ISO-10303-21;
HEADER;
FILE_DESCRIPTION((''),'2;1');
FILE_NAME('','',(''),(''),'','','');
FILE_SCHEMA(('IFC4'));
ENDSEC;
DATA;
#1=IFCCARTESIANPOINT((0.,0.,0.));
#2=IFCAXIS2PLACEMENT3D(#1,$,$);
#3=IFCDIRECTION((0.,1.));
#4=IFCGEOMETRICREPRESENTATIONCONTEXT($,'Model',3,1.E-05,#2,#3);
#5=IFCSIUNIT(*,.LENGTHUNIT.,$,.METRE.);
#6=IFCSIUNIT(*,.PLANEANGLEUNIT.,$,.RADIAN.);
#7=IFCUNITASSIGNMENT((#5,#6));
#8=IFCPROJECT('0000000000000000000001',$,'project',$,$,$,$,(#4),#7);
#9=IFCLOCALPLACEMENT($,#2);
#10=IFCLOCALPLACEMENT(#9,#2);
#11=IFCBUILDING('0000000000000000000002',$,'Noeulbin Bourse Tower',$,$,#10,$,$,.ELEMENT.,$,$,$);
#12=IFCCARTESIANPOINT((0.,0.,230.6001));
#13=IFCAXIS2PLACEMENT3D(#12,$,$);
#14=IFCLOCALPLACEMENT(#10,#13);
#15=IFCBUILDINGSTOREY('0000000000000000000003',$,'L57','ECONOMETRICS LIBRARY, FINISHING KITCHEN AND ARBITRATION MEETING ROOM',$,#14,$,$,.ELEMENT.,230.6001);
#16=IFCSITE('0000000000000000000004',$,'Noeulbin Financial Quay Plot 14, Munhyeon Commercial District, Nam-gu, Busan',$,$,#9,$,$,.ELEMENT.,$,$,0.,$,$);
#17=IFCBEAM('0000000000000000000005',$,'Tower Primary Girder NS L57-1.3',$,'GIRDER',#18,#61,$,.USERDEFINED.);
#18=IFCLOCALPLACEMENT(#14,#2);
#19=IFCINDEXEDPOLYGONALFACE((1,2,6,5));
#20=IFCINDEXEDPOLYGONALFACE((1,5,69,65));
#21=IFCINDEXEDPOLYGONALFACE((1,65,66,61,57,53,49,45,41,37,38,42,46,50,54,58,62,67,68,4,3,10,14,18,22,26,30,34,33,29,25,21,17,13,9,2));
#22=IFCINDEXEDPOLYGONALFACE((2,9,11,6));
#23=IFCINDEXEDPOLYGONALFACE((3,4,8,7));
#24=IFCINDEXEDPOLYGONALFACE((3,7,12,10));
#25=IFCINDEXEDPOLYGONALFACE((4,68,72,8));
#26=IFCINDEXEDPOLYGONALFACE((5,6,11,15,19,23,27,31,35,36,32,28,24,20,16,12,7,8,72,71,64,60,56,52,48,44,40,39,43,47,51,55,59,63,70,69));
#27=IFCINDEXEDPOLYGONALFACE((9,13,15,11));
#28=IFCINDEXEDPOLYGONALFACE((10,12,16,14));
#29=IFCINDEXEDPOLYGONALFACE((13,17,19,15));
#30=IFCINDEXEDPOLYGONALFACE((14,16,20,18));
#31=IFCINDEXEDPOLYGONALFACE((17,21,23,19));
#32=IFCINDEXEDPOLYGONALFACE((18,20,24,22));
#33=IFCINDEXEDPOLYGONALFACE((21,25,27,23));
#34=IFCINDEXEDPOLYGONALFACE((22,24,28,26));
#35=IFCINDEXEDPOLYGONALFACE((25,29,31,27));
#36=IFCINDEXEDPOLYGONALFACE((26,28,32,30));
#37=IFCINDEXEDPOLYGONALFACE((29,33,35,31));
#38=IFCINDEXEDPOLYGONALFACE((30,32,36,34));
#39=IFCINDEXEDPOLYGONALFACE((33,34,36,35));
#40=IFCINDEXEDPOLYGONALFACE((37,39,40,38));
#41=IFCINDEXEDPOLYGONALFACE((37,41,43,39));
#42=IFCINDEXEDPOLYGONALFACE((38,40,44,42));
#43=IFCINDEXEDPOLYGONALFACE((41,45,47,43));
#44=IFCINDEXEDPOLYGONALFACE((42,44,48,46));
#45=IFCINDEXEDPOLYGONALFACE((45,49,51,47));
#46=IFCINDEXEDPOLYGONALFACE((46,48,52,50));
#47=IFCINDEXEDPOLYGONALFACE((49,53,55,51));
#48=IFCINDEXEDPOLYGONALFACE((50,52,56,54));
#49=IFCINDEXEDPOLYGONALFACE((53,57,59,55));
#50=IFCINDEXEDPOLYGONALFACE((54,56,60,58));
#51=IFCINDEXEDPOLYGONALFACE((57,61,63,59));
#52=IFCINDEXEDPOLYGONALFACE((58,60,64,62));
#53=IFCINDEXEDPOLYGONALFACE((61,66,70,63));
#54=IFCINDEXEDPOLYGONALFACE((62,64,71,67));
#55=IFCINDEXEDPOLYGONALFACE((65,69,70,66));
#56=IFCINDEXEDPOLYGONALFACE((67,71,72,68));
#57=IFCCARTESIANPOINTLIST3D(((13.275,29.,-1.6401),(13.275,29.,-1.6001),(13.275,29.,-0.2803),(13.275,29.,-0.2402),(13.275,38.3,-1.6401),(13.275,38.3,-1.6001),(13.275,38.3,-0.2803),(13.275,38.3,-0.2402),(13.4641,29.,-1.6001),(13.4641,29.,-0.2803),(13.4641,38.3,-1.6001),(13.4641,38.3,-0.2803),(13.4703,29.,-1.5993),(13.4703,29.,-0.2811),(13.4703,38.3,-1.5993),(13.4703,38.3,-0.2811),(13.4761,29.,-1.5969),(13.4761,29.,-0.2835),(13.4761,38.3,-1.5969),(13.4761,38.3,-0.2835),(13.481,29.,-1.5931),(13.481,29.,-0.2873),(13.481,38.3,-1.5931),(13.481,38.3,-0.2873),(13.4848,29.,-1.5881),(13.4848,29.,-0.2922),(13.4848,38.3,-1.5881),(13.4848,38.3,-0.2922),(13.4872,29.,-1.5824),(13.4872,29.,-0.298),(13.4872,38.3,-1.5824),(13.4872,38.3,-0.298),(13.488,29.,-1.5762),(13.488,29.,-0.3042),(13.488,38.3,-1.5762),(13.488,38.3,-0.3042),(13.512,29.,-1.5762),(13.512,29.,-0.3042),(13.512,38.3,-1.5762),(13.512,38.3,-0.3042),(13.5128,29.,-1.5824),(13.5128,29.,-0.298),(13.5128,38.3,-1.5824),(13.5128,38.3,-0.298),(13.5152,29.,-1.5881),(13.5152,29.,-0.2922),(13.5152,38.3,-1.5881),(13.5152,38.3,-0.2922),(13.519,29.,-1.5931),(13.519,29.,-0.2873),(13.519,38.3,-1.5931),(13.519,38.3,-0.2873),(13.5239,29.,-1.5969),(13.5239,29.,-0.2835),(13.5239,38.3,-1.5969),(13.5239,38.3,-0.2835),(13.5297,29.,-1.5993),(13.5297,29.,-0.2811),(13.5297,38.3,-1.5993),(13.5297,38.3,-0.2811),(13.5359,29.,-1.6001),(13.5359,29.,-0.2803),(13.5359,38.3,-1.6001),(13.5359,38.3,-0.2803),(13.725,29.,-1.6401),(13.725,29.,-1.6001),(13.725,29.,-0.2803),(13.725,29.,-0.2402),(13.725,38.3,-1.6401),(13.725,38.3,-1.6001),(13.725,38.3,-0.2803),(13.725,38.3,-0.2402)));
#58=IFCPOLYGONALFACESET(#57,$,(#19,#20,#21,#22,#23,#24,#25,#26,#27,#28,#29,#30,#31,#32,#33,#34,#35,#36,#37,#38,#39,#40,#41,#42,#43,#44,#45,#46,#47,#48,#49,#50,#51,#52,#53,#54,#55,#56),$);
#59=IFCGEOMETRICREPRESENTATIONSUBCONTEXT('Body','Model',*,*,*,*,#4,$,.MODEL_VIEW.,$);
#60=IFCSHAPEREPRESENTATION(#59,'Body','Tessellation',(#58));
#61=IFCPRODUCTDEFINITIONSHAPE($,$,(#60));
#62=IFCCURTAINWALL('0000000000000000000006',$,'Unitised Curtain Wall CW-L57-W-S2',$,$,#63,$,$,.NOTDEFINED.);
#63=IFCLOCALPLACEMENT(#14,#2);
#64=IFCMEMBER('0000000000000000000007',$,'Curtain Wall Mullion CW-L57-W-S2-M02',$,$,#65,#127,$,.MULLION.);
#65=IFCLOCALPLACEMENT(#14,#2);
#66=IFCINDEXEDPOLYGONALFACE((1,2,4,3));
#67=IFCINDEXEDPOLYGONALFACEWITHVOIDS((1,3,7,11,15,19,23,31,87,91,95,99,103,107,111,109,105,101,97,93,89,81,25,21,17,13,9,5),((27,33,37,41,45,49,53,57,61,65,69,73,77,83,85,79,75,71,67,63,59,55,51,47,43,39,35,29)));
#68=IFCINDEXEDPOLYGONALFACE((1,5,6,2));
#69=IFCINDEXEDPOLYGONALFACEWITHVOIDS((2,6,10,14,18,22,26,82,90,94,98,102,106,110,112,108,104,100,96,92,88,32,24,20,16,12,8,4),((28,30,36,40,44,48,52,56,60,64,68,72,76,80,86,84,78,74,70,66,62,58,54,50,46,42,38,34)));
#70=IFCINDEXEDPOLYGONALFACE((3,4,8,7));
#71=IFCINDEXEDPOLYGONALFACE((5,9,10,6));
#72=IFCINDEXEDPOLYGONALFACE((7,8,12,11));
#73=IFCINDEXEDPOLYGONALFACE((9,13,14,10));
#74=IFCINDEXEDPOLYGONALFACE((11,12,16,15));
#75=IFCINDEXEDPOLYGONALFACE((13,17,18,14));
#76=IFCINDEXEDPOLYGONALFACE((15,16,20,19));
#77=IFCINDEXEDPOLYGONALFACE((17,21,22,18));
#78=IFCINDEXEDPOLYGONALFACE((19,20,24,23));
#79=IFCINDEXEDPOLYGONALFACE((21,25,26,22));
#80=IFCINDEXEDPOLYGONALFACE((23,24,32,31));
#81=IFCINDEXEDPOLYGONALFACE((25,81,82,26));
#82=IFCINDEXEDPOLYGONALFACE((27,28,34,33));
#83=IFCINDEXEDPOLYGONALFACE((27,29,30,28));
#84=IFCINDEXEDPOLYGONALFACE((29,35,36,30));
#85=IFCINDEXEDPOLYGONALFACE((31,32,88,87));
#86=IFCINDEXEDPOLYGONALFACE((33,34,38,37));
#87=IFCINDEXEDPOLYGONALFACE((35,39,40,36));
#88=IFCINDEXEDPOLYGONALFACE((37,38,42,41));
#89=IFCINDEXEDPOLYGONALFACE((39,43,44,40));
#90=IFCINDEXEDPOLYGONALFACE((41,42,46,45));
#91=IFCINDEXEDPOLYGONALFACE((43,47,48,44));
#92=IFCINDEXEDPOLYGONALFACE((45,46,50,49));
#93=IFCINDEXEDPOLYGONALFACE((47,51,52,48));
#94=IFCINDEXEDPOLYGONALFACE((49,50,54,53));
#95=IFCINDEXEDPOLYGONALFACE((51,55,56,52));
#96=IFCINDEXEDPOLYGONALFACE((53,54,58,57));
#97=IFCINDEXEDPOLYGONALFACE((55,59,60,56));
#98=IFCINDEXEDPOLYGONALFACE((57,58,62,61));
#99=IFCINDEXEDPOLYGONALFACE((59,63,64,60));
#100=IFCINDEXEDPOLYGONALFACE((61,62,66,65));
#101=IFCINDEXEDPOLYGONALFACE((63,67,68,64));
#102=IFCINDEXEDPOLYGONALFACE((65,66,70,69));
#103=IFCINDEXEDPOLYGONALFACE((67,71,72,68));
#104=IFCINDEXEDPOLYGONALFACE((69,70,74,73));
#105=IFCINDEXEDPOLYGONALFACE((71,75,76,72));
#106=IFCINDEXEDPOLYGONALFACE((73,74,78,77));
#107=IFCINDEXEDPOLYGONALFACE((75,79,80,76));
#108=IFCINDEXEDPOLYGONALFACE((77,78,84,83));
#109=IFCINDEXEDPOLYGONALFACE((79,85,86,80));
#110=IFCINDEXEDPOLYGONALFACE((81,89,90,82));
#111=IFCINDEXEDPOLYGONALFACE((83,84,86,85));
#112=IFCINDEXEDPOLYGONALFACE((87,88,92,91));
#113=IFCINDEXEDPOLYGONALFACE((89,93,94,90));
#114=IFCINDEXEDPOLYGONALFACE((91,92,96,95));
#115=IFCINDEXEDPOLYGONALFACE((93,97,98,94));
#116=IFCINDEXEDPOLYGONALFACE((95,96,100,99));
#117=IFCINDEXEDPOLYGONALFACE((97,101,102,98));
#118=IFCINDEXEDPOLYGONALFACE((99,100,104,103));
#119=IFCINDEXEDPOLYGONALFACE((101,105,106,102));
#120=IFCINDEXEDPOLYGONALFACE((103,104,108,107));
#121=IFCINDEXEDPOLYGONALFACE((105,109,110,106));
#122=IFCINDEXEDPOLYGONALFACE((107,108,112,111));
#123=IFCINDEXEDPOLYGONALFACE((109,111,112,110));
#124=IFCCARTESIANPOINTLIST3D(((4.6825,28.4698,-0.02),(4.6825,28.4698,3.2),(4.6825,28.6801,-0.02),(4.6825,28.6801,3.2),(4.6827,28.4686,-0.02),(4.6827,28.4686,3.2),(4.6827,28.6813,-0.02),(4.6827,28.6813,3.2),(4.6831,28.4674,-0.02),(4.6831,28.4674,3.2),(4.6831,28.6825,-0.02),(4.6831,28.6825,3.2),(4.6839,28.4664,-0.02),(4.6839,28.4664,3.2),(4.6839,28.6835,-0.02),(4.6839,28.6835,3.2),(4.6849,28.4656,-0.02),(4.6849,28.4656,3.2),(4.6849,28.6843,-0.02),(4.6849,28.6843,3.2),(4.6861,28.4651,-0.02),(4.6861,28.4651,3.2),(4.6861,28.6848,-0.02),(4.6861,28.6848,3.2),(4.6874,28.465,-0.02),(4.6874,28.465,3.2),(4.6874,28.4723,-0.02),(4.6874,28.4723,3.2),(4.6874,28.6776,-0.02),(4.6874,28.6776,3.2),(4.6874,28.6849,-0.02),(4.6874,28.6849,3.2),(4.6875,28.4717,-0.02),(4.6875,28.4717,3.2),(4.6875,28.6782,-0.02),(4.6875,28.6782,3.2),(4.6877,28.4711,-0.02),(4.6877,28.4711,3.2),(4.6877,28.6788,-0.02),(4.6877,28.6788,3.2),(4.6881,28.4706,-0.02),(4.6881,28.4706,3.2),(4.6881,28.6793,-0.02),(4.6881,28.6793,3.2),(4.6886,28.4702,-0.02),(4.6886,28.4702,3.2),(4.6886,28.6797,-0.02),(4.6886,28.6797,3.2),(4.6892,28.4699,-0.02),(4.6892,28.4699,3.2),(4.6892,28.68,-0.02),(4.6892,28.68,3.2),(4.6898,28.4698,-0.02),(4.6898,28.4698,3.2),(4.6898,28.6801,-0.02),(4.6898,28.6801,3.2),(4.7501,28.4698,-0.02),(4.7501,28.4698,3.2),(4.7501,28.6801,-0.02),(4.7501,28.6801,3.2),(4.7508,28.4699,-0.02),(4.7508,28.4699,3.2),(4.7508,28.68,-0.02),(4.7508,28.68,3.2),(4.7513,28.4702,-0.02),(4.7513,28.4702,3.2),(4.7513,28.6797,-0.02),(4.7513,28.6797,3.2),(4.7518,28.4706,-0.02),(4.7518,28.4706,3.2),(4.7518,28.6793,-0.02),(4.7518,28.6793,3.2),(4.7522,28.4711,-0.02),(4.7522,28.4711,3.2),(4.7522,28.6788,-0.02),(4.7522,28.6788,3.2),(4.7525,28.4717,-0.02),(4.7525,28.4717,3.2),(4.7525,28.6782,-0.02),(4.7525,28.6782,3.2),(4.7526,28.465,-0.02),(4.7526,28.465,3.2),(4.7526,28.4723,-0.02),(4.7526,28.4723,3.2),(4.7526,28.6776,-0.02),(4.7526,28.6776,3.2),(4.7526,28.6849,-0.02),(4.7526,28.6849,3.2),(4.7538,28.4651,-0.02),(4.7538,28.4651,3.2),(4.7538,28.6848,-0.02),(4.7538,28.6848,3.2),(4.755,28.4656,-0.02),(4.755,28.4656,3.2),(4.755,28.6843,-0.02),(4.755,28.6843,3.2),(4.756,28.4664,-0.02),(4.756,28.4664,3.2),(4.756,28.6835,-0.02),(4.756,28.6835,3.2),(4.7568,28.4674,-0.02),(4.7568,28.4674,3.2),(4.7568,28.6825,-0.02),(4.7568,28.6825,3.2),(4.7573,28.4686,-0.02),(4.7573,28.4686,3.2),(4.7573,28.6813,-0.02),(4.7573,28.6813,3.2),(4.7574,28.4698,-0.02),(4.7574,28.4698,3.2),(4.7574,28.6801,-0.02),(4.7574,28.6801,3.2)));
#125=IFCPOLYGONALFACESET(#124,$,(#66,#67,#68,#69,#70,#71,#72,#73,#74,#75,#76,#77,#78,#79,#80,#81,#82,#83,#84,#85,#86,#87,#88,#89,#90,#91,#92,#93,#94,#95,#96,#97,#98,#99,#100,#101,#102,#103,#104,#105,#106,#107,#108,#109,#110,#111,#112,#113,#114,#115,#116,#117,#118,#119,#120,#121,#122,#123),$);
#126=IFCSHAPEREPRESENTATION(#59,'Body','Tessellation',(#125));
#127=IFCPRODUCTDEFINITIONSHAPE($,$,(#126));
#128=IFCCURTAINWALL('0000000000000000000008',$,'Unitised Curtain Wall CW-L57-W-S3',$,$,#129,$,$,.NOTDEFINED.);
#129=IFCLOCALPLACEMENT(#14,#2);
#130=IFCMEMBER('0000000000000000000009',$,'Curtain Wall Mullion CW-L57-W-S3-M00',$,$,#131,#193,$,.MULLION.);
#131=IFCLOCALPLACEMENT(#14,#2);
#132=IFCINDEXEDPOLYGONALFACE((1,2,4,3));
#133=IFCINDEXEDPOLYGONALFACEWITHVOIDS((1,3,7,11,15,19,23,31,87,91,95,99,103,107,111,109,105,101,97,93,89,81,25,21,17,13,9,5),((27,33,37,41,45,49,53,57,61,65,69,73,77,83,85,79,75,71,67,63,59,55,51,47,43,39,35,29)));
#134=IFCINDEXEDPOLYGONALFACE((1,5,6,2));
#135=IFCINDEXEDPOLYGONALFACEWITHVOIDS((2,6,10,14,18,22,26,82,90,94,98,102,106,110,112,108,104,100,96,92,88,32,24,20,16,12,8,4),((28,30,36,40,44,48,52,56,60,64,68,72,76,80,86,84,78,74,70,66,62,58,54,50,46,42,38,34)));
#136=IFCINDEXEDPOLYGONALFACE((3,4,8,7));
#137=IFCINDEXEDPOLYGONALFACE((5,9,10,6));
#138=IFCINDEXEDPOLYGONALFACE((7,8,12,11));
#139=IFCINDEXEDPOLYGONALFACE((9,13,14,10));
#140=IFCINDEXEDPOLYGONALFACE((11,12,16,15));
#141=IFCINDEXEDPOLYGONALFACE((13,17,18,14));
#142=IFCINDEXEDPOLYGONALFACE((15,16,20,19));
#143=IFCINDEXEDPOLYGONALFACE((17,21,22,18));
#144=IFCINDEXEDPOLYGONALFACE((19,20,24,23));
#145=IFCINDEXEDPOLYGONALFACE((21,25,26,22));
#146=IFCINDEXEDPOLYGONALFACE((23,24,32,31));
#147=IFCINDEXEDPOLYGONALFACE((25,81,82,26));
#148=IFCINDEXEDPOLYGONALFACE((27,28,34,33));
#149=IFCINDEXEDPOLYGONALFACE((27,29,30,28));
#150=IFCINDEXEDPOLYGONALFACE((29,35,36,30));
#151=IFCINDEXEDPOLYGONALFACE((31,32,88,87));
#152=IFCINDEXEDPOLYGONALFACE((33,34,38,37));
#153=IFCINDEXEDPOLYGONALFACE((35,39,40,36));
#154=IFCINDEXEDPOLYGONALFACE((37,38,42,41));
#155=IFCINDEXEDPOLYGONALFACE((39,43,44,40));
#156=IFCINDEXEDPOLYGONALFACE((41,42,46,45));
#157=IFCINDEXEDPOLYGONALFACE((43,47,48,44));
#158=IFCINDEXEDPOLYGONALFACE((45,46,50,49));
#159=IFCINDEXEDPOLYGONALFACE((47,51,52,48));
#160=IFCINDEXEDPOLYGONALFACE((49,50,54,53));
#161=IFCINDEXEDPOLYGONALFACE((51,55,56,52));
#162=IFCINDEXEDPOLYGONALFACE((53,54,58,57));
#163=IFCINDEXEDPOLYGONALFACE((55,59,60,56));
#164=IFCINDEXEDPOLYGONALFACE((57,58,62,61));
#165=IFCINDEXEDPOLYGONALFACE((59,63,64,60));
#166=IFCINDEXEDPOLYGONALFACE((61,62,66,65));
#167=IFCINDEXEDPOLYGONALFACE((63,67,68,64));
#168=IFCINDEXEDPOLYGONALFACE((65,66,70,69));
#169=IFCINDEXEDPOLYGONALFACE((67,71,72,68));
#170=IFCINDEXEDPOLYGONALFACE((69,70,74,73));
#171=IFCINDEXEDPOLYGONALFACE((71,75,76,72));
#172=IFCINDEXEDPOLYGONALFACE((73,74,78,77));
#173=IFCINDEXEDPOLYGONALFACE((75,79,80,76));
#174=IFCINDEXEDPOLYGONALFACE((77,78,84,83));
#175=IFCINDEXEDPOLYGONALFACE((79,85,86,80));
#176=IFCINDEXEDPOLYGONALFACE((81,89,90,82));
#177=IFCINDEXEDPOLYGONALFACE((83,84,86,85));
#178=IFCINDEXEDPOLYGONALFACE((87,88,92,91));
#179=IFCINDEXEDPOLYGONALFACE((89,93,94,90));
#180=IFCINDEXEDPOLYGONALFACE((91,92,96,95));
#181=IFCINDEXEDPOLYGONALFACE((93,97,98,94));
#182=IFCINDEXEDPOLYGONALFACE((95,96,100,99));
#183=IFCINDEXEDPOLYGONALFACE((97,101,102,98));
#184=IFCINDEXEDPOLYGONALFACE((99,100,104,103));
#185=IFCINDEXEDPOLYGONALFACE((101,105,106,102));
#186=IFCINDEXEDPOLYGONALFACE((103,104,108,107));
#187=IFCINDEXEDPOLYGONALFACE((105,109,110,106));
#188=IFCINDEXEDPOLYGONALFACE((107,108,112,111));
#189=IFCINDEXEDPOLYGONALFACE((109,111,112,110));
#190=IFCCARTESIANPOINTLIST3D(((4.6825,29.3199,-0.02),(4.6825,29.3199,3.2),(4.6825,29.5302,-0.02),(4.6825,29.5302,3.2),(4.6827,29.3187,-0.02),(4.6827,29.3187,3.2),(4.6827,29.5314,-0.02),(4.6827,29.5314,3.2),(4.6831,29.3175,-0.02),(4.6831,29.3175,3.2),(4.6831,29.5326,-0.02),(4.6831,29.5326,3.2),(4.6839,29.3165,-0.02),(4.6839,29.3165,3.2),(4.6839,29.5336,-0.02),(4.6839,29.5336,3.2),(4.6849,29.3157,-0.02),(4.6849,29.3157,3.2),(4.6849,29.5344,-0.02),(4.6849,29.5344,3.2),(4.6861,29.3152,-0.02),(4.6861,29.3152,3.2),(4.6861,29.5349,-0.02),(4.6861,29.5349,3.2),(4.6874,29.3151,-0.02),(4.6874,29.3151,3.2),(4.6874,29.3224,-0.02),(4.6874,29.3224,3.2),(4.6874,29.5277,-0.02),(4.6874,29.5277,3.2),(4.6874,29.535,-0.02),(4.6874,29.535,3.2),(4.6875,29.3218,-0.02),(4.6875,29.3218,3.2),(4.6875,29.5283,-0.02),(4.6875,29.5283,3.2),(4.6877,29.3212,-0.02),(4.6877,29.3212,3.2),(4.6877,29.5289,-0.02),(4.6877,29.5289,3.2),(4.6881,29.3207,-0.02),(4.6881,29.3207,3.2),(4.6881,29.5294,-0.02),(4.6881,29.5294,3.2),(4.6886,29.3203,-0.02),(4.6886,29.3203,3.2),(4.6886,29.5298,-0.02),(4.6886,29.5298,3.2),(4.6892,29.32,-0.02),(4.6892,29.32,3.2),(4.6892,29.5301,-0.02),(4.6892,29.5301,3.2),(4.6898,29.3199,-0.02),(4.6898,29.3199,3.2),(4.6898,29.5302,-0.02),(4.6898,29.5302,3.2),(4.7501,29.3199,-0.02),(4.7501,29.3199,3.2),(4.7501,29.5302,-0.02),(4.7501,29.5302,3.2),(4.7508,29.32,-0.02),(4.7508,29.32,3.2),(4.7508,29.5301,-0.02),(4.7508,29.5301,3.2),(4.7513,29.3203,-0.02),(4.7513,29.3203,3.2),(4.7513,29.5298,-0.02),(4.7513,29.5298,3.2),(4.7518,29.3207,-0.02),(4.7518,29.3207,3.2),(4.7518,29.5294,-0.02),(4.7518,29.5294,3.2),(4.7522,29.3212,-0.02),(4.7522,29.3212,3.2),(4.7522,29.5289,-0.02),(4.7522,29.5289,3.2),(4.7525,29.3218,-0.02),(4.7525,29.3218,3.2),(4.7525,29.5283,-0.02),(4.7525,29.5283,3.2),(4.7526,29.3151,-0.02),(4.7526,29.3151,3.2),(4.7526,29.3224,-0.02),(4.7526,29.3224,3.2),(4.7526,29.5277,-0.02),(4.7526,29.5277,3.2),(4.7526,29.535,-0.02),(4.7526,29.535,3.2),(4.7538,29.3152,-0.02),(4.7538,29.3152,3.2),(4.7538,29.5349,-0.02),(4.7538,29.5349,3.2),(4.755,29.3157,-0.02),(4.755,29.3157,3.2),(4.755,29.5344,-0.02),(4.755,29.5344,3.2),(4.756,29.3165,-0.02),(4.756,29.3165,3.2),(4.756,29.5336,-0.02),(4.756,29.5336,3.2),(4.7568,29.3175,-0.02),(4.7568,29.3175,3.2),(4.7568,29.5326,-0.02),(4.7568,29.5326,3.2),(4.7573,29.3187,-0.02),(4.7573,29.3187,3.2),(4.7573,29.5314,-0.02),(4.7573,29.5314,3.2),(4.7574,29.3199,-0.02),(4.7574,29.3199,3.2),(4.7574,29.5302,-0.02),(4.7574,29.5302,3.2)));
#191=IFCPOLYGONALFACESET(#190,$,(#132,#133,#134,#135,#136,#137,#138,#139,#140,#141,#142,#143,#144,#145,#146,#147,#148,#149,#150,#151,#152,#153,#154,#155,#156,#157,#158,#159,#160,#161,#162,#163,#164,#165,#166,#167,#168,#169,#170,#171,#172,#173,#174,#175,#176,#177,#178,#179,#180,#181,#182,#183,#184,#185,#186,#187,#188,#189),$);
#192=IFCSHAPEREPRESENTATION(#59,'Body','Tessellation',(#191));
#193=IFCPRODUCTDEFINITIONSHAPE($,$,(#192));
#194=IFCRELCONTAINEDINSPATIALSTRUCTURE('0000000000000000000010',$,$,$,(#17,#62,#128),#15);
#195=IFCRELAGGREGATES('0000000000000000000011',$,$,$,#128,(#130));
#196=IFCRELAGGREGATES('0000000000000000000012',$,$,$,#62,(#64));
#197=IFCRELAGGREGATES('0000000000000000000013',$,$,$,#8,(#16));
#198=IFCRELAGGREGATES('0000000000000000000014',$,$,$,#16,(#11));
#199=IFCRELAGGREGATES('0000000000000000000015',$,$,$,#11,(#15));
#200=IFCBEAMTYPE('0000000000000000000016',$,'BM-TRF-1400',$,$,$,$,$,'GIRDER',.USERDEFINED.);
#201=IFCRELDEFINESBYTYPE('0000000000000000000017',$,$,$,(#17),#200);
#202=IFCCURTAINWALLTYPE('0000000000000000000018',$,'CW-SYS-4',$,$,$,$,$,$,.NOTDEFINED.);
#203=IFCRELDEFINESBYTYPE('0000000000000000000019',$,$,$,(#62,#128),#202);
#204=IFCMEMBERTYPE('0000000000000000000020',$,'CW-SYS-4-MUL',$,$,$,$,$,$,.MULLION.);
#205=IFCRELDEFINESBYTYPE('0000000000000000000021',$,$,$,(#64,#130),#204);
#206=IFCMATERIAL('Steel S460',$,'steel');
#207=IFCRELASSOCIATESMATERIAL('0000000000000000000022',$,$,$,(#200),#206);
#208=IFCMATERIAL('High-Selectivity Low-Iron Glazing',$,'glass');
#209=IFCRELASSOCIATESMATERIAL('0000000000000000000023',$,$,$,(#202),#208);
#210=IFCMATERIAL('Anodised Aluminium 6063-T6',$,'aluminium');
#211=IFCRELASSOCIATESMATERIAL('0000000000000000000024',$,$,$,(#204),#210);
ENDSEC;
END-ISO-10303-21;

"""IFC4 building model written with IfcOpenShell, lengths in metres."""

from ifc_helpers import new_model, si_unit, direction, frame, origin, origin_2d, place, context, subcontext, project, spatial, hollow_rectangle, i_section, extrude, material, material_profile, profile_set, type_object, element, aggregate, save


model = new_model("IFC4")

# Units and contexts
model_context = context("Model", 3, precision=1e-05, world=origin(), true_north=direction((0.0, 1.0)))
body_context = subcontext(model_context, "Body", "Model", "MODEL_VIEW")
ifc_project = project(units=[si_unit("LENGTHUNIT", "METRE"), si_unit("PLANEANGLEUNIT", "RADIAN")], contexts=[model_context])

# Site, building, storey
site_placement = place(None, origin())
site = spatial("IfcSite", under=ifc_project, at=site_placement, Name="Noeulbin Financial Quay Plot 14, Munhyeon Commercial District, Nam-gu, Busan", CompositionType="ELEMENT", RefElevation=0.0)
building_placement = place(site_placement, origin())
building = spatial("IfcBuilding", under=site, at=building_placement, Name="Noeulbin Bourse Tower", CompositionType="ELEMENT")
storey_placement = place(building_placement, frame((0.0, 0.0, 230.6001)))
storey = spatial("IfcBuildingStorey", under=building, at=storey_placement, Name="L57", Description="ECONOMETRICS LIBRARY, FINISHING KITCHEN AND ARBITRATION MEETING ROOM", CompositionType="ELEMENT", Elevation=230.6001)

# Beam
ifc_material_1 = material(Name="Steel S460", Category="steel")
ifc_material_profile_1 = material_profile(ifc_material_1, i_section(OverallWidth=0.45, OverallDepth=1.3999, WebThickness=0.0239, FlangeThickness=0.04, FilletRadius=0.0239, at=origin_2d()), Name="PG-1400x450x24x40", Category="LoadBearing")
ifc_profile_set_1 = profile_set([ifc_material_profile_1], Name="Steel S460")
beam_type_1 = type_object("IfcBeamType", Name="BM-TRF-1400", ElementType="GIRDER", PredefinedType="USERDEFINED", material=ifc_profile_set_1)
beam_1_placement = place(storey_placement, frame((13.5, 29.0, -0.9402), z_axis=(0.0, 1.0, 0.0), x_axis=(-1.0, 0.0, 0.0)))
element("IfcBeam", 1, at=beam_1_placement, inside=storey, type_object=beam_type_1, Name="Tower Primary Girder NS L57-1.3", ObjectType="GIRDER", PredefinedType="USERDEFINED", context=body_context, shape_type="SweptSolid", body=[
    extrude(i_section(OverallWidth=0.45, OverallDepth=1.3999, WebThickness=0.0239, FlangeThickness=0.04, FilletRadius=0.0239, at=origin_2d()), origin(), (0.0, 0.0, 1.0), 9.3),
])

# Curtain wall, member
ifc_material_2 = material(Name="High-Selectivity Low-Iron Glazing", Category="glass")
curtain_wall_type = type_object("IfcCurtainWallType", Name="CW-SYS-4", PredefinedType="NOTDEFINED", material=ifc_material_2)
curtain_wall_1_placement = place(storey_placement, origin())
curtain_wall_1 = element("IfcCurtainWall", 2, at=curtain_wall_1_placement, inside=storey, type_object=curtain_wall_type, Name="Unitised Curtain Wall CW-L57-W-S2", PredefinedType="NOTDEFINED")
ifc_material_3 = material(Name="Anodised Aluminium 6063-T6", Category="aluminium")
ifc_material_profile_2 = material_profile(ifc_material_3, hollow_rectangle(XDim=0.075, YDim=0.22, WallThickness=0.0049, InnerFilletRadius=0.0024, OuterFilletRadius=0.0049, at=origin_2d()), Name="ALU-MULL-75x220x5", Category="LoadBearing")
ifc_profile_set_2 = profile_set([ifc_material_profile_2], Name="Anodised Aluminium 6063-T6")
member_type_1 = type_object("IfcMemberType", Name="CW-SYS-4-MUL", PredefinedType="MULLION", material=ifc_profile_set_2)
member_1_placement = place(storey_placement, frame((4.72, 28.575, -0.02), z_axis=(0.0, 0.0, 1.0), x_axis=(1.0, 0.0, 0.0)))
member_1 = element("IfcMember", 3, at=member_1_placement, type_object=member_type_1, Name="Curtain Wall Mullion CW-L57-W-S2-M02", PredefinedType="MULLION", context=body_context, shape_type="SweptSolid", body=[
    extrude(hollow_rectangle(XDim=0.075, YDim=0.22, WallThickness=0.0049, InnerFilletRadius=0.0024, OuterFilletRadius=0.0049, at=origin_2d()), origin(), (0.0, 0.0, 1.0), 3.22),
])

# Curtain wall, member
curtain_wall_2_placement = place(storey_placement, origin())
curtain_wall_2 = element("IfcCurtainWall", 4, at=curtain_wall_2_placement, inside=storey, type_object=curtain_wall_type, Name="Unitised Curtain Wall CW-L57-W-S3", PredefinedType="NOTDEFINED")
member_2_placement = place(storey_placement, frame((4.72, 29.425, -0.02), z_axis=(0.0, 0.0, 1.0), x_axis=(1.0, 0.0, 0.0)))
member_2 = element("IfcMember", 5, at=member_2_placement, type_object=member_type_1, Name="Curtain Wall Mullion CW-L57-W-S3-M00", PredefinedType="MULLION", context=body_context, shape_type="SweptSolid", body=[
    extrude(hollow_rectangle(XDim=0.075, YDim=0.22, WallThickness=0.0049, InnerFilletRadius=0.0024, OuterFilletRadius=0.0049, at=origin_2d()), origin(), (0.0, 0.0, 1.0), 3.22),
])
aggregate(curtain_wall_2, [member_2])

aggregate(curtain_wall_1, [member_1])

save(model, "model.ifc")
